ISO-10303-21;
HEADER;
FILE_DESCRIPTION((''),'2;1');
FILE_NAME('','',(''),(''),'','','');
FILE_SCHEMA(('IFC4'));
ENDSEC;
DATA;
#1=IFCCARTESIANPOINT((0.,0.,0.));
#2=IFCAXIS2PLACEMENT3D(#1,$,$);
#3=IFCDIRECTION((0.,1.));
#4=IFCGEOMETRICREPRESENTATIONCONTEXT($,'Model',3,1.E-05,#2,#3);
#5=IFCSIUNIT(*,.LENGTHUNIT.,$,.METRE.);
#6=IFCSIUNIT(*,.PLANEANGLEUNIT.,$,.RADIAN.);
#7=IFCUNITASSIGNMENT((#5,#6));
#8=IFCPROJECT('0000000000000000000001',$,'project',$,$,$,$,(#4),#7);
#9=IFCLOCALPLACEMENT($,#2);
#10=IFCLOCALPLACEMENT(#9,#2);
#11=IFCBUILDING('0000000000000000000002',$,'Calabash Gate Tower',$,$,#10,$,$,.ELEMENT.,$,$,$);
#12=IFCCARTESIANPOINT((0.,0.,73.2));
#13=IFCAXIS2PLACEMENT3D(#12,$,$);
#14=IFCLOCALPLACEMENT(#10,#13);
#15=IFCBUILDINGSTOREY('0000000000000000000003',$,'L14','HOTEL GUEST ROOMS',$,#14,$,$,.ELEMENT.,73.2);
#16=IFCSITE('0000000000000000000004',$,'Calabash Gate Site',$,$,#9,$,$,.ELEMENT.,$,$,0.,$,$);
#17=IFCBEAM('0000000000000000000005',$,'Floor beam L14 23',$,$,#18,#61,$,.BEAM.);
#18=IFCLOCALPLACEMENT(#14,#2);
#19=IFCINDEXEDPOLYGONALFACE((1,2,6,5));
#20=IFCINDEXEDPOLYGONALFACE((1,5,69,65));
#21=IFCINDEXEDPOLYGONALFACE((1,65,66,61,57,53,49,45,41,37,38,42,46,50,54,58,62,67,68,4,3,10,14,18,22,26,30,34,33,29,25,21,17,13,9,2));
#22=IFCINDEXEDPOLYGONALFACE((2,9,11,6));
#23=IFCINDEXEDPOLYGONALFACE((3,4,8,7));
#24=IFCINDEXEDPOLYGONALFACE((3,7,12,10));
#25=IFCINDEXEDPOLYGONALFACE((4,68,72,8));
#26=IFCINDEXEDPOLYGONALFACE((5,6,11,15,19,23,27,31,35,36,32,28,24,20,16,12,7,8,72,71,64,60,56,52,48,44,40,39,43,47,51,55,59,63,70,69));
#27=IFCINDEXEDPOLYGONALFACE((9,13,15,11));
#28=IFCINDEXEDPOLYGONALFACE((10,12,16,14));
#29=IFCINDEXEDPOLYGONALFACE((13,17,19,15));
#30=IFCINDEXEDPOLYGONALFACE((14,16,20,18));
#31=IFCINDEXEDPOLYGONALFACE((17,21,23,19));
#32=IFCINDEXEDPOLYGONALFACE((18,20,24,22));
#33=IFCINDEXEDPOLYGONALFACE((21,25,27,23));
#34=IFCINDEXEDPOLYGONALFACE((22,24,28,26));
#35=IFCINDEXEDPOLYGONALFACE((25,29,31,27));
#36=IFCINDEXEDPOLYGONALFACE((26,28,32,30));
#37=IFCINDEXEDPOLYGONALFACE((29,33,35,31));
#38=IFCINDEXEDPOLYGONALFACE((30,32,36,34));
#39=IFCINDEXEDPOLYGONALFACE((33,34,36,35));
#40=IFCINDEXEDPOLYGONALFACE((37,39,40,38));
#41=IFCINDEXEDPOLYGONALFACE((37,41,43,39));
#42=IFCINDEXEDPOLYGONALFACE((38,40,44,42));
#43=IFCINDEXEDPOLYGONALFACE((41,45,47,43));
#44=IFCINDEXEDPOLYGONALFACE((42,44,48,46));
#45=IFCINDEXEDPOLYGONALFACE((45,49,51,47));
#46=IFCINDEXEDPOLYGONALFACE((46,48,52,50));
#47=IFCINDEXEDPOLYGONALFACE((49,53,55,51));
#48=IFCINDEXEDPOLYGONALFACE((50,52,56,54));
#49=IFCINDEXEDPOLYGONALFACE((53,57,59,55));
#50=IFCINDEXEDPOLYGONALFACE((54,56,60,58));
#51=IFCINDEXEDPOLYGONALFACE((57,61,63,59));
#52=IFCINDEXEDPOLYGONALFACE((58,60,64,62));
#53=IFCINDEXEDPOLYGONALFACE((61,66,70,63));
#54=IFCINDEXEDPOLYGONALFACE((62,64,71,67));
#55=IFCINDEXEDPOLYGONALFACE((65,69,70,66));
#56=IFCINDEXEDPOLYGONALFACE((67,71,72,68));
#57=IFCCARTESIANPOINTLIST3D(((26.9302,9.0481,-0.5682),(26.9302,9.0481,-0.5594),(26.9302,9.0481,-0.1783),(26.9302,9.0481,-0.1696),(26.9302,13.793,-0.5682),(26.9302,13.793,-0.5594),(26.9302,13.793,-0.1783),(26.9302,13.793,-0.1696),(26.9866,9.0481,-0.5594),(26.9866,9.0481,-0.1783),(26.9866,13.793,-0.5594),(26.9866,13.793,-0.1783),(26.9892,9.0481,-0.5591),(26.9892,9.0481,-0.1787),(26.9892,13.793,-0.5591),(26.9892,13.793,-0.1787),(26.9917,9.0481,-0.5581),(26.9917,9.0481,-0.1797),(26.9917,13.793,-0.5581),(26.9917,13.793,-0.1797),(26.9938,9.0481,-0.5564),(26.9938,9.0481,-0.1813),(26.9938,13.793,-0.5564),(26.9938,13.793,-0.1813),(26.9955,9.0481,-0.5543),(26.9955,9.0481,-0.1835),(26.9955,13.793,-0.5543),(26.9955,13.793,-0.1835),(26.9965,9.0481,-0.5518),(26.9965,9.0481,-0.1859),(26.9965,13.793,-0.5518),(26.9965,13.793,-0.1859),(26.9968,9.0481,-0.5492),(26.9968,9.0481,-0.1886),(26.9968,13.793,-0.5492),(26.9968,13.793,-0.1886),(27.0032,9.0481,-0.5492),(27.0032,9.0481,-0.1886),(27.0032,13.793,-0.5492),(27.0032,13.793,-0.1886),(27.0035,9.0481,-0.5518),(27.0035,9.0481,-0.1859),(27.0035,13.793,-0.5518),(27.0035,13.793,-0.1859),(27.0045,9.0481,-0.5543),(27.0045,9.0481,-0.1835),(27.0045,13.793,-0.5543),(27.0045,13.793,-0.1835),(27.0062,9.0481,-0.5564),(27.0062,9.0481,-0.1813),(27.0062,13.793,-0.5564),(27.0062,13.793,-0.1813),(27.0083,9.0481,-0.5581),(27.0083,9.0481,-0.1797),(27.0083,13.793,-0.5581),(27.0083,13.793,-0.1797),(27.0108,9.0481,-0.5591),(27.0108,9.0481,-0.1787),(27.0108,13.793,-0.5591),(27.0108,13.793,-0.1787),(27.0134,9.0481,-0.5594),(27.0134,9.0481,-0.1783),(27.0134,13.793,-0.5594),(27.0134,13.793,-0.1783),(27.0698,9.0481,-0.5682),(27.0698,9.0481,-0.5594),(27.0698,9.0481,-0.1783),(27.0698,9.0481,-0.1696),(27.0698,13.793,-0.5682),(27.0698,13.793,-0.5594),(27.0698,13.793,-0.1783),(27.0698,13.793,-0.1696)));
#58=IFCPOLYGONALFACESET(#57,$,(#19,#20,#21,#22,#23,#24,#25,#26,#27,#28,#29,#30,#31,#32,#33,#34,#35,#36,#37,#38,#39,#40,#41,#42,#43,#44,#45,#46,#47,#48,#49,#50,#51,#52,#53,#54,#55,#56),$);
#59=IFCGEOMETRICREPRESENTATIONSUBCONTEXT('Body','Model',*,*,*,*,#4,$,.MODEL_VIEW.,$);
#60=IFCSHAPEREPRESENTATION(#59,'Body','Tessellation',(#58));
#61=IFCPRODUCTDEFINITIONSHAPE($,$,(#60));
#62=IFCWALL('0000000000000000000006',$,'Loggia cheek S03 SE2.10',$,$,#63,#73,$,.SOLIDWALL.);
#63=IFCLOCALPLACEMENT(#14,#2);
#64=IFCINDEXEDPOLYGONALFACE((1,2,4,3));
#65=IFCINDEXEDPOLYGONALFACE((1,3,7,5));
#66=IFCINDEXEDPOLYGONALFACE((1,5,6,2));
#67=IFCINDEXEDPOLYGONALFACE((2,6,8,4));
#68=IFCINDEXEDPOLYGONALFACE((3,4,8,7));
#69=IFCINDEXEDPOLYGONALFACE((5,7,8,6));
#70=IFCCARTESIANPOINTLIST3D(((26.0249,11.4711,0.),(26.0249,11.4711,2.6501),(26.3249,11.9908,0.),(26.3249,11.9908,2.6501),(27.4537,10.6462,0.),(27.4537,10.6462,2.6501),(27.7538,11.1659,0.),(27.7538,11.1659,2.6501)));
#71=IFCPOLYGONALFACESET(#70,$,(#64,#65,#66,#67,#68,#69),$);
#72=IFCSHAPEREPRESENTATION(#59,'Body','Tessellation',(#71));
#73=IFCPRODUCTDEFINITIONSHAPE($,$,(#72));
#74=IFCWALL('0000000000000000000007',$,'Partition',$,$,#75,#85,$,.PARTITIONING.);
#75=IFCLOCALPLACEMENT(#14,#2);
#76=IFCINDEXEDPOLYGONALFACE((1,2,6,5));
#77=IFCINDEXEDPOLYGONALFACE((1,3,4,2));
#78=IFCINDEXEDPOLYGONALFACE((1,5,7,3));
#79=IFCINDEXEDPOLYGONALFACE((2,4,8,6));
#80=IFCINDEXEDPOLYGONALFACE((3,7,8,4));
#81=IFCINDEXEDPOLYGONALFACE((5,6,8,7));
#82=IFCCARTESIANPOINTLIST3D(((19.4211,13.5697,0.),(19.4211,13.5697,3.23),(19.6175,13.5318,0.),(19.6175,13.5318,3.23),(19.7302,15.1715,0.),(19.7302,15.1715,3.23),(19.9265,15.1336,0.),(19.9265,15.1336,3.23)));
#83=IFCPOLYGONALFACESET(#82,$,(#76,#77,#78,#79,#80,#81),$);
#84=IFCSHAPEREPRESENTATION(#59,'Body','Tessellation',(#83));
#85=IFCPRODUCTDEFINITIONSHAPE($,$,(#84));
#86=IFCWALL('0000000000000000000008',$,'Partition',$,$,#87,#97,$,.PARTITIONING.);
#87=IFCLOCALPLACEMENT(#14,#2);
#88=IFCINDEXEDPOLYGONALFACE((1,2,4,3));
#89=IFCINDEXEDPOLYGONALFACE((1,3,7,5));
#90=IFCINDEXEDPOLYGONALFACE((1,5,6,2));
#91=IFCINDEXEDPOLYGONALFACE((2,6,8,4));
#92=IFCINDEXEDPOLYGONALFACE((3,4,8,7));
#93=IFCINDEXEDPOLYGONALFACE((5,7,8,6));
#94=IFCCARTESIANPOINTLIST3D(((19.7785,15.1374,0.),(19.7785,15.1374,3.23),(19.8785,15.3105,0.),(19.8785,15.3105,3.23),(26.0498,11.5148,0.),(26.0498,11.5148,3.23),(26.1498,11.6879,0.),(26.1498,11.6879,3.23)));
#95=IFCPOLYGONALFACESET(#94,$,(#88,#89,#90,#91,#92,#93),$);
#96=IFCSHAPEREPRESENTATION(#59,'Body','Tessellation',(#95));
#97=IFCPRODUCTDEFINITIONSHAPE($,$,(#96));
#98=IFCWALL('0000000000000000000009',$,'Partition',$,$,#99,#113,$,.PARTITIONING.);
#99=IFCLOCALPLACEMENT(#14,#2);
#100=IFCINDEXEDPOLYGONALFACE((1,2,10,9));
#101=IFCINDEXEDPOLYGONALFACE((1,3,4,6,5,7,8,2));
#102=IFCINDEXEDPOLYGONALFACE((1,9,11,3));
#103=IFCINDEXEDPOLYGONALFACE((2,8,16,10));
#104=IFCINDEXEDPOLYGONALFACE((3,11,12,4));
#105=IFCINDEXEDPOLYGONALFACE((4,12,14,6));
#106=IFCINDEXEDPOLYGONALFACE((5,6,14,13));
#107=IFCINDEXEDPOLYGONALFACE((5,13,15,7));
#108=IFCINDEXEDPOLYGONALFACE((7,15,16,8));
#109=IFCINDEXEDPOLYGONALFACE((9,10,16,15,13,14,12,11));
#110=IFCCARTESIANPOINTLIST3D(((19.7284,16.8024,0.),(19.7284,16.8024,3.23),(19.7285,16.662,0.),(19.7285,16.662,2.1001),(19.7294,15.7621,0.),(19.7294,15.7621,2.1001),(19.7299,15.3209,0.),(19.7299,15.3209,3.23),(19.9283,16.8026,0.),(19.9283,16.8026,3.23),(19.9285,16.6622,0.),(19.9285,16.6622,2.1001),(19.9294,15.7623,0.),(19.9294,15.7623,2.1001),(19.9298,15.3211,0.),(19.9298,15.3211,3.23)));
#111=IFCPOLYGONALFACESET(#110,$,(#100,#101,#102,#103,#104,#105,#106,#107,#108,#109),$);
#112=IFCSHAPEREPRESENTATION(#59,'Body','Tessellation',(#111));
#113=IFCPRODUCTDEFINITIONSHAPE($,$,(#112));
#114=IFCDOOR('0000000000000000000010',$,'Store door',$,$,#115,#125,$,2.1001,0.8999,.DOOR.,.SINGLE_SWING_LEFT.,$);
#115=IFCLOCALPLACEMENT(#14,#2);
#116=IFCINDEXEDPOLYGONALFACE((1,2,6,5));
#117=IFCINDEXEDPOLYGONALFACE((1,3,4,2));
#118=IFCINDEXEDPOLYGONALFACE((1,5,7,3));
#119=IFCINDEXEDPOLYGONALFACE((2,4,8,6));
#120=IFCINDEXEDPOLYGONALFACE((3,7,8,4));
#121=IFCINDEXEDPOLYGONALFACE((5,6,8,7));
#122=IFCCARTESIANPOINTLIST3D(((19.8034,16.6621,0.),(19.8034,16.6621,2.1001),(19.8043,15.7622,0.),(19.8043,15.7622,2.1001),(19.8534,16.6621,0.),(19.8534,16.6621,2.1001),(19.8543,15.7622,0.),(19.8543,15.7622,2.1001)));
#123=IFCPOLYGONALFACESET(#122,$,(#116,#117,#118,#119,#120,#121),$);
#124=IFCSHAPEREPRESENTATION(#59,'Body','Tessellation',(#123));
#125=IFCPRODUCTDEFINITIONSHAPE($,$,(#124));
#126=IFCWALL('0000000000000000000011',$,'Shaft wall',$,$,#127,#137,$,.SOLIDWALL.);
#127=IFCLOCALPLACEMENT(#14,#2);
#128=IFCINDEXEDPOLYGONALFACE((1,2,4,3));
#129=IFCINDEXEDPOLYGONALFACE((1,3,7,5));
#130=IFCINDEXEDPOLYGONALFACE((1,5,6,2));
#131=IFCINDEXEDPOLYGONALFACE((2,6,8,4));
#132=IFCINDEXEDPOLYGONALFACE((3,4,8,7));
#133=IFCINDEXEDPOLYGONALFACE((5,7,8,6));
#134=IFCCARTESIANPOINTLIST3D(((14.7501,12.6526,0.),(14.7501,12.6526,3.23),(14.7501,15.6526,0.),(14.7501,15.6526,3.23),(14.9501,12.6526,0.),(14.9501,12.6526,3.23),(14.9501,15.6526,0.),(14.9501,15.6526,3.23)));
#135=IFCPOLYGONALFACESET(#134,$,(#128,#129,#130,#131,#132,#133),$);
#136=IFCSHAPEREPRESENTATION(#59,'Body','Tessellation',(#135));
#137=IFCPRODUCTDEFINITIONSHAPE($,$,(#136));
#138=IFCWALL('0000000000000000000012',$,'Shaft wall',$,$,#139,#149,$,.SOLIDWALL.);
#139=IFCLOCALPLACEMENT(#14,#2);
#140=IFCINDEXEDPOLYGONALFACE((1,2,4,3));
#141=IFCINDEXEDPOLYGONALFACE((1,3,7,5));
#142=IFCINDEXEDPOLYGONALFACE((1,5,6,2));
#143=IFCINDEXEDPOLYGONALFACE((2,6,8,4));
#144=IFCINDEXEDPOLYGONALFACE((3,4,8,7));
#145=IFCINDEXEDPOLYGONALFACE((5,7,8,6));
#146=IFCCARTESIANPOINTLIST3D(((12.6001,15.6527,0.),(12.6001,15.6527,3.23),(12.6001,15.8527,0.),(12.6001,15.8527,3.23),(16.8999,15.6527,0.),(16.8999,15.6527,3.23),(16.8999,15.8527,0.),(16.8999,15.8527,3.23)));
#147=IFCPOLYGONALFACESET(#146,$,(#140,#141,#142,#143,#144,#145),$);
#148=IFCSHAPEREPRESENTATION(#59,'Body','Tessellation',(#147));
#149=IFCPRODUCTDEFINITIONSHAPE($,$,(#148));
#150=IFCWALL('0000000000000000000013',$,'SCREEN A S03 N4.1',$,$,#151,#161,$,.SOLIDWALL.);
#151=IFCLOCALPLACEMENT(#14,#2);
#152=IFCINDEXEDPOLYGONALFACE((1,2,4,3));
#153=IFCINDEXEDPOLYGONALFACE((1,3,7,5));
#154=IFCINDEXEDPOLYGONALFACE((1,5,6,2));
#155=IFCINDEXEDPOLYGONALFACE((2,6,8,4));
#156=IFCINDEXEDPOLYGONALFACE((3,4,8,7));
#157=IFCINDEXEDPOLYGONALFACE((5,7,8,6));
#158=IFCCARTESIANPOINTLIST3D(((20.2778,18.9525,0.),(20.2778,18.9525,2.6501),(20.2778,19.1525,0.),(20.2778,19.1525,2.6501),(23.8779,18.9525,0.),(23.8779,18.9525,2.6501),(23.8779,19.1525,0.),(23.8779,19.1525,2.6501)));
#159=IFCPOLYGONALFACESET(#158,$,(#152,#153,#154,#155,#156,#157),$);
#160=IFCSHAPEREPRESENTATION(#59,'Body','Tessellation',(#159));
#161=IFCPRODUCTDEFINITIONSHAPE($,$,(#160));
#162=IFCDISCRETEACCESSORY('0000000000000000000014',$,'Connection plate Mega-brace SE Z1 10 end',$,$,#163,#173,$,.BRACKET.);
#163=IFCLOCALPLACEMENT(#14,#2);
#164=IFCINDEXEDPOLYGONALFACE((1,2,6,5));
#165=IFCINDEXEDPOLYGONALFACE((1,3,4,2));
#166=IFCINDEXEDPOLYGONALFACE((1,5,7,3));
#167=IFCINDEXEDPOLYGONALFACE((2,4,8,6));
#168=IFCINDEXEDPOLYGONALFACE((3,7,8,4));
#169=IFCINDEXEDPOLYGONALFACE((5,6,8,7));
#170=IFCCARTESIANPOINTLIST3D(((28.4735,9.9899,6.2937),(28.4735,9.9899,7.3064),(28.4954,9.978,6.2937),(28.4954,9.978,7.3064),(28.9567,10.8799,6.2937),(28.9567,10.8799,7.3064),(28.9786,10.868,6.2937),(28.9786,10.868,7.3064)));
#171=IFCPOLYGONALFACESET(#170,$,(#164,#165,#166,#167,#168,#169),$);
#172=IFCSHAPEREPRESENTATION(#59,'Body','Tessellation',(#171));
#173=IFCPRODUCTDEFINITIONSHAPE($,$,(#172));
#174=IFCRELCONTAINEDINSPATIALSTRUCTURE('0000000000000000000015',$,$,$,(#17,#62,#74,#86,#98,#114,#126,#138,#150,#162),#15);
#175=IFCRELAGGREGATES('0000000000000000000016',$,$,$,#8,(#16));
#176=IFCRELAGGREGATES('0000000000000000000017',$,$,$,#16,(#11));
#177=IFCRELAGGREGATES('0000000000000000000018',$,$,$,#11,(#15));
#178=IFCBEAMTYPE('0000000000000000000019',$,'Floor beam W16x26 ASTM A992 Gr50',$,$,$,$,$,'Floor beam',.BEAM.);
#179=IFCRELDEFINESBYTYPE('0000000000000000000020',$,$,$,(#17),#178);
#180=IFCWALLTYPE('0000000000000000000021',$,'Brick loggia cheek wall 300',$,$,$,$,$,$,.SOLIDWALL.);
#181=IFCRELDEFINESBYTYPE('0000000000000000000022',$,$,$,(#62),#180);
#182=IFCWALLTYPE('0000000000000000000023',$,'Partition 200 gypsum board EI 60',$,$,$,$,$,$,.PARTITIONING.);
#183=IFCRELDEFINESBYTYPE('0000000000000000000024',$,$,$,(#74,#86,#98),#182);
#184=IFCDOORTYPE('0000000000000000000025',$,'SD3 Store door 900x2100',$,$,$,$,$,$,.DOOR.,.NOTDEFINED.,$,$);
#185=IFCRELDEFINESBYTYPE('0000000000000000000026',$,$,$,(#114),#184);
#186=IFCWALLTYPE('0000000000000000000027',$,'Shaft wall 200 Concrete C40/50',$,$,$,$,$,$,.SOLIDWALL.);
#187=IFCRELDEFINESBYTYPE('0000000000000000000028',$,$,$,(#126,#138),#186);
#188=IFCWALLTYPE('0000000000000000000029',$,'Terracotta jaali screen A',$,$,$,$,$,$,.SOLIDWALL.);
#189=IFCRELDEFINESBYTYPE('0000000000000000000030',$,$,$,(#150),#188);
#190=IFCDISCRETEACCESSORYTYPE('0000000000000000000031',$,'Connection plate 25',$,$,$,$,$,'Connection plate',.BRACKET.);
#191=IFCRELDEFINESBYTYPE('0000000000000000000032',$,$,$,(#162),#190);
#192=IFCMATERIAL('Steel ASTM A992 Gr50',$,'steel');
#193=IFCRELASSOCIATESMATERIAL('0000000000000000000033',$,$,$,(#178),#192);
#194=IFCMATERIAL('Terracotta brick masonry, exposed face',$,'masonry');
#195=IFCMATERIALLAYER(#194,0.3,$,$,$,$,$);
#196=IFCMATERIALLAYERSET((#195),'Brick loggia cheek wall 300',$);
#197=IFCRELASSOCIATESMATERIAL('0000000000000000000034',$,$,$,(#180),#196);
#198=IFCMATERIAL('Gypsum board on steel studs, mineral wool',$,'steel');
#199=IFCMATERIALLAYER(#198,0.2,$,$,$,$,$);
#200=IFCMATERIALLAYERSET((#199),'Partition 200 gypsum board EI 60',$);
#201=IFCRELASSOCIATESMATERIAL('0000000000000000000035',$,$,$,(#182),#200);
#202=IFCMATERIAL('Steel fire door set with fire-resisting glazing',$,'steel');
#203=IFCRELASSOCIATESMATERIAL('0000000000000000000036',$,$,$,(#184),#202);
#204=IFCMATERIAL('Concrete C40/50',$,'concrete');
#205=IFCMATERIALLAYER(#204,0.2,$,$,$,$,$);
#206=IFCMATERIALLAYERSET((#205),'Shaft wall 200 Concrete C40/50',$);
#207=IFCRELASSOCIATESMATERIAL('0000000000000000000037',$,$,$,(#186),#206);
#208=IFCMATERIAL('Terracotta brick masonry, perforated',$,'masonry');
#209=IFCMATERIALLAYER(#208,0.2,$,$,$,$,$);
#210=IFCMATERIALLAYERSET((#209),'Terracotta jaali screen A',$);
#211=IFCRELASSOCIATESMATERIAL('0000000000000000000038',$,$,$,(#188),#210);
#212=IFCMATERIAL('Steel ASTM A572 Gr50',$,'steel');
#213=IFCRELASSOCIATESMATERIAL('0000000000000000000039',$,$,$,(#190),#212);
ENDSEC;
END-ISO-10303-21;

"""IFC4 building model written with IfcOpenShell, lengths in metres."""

from ifc_helpers import new_model, si_unit, direction, frame, frame_2d, origin, origin_2d, place, context, subcontext, project, spatial, rectangle, i_section, extrude, material, layer, layer_set, material_profile, profile_set, type_object, element, fill, save


model = new_model("IFC4")

# Units and contexts
model_context = context("Model", 3, precision=1e-05, world=origin(), true_north=direction((0.0, 1.0)))
body_context = subcontext(model_context, "Body", "Model", "MODEL_VIEW")
ifc_project = project(units=[si_unit("LENGTHUNIT", "METRE"), si_unit("PLANEANGLEUNIT", "RADIAN")], contexts=[model_context])

# Site, building, storey
site_placement = place(None, origin())
site = spatial("IfcSite", under=ifc_project, at=site_placement, Name="Calabash Gate Site", CompositionType="ELEMENT", RefElevation=0.0)
building_placement = place(site_placement, origin())
building = spatial("IfcBuilding", under=site, at=building_placement, Name="Calabash Gate Tower", CompositionType="ELEMENT")
storey_placement = place(building_placement, frame((0.0, 0.0, 73.2)))
storey = spatial("IfcBuildingStorey", under=building, at=storey_placement, Name="L14", Description="HOTEL GUEST ROOMS", CompositionType="ELEMENT", Elevation=73.2)

# Beam
ifc_material_1 = material(Name="Steel ASTM A992 Gr50", Category="steel")
ifc_material_profile_1 = material_profile(ifc_material_1, i_section(OverallWidth=0.1396, OverallDepth=0.3987, WebThickness=0.0063, FlangeThickness=0.0088, FilletRadius=0.0103, at=origin_2d()))
ifc_profile_set_1 = profile_set([ifc_material_profile_1], Name="Steel ASTM A992 Gr50")
beam_type_1 = type_object("IfcBeamType", Name="Floor beam W16x26 ASTM A992 Gr50", ElementType="Floor beam", PredefinedType="BEAM", material=ifc_profile_set_1)
beam_1_placement = place(storey_placement, frame((27.0, 9.0481, -0.3689), z_axis=(0.0, 1.0, 0.0), x_axis=(-1.0, 0.0, 0.0)))
element("IfcBeam", 1, at=beam_1_placement, inside=storey, type_object=beam_type_1, Name="Floor beam L14 23", PredefinedType="BEAM", context=body_context, shape_type="SweptSolid", body=[
    extrude(i_section(OverallWidth=0.1396, OverallDepth=0.3987, WebThickness=0.0063, FlangeThickness=0.0088, FilletRadius=0.0103, at=origin_2d()), origin(), (0.0, 0.0, 1.0), 4.7449),
])

# Walls
ifc_material_2 = material(Name="Terracotta brick masonry, exposed face", Category="masonry")
ifc_layer_1 = layer(ifc_material_2, 0.3)
ifc_layer_set_1 = layer_set([ifc_layer_1], Name="Brick loggia cheek wall 300")
wall_type_1 = type_object("IfcWallType", Name="Brick loggia cheek wall 300", PredefinedType="SOLIDWALL", material=ifc_layer_set_1)
wall_1_placement = place(storey_placement, frame((27.6038, 10.906, 0.0), z_axis=(0.0, 0.0, 1.0), x_axis=(-0.86604, 0.499974, 0.0)))
element("IfcWall", 2, at=wall_1_placement, inside=storey, type_object=wall_type_1, Name="Loggia cheek S03 SE2.10", PredefinedType="SOLIDWALL", context=body_context, shape_type="SweptSolid", body=[
    extrude(rectangle(XDim=1.6499, YDim=0.6001, at=frame_2d((0.825, 0.0))), origin(), (0.0, 0.0, 1.0), 2.6501),
])
ifc_material_3 = material(Name="Gypsum board on steel studs, mineral wool", Category="steel")
ifc_layer_2 = layer(ifc_material_3, 0.2)
ifc_layer_set_2 = layer_set([ifc_layer_2], Name="Partition 200 gypsum board EI 60")
wall_type_2 = type_object("IfcWallType", Name="Partition 200 gypsum board EI 60", PredefinedType="PARTITIONING", material=ifc_layer_set_2)
wall_2_placement = place(storey_placement, frame((19.5193, 13.5508, 0.0), z_axis=(0.0, 0.0, 1.0), x_axis=(0.189463, 0.981888, 0.0)))
element("IfcWall", 3, at=wall_2_placement, inside=storey, type_object=wall_type_2, Name="Partition", PredefinedType="PARTITIONING", context=body_context, shape_type="SweptSolid", body=[
    extrude(rectangle(XDim=1.6313, YDim=0.2, at=frame_2d((0.8157, 0.0))), origin(), (0.0, 0.0, 1.0), 3.23),
])
wall_3_placement = place(storey_placement, frame((19.8286, 15.2239, 0.0), z_axis=(0.0, 0.0, 1.0), x_axis=(0.865914, -0.500192, 0.0)))
element("IfcWall", 4, at=wall_3_placement, inside=storey, type_object=wall_type_2, Name="Partition", PredefinedType="PARTITIONING", context=body_context, shape_type="SweptSolid", body=[
    extrude(rectangle(XDim=7.2424, YDim=0.2, at=frame_2d((3.6211, 0.0))), origin(), (0.0, 0.0, 1.0), 3.23),
])

# Wall, opening, door
wall_4_placement = place(storey_placement, frame((19.8284, 16.8025, 0.0), z_axis=(0.0, 0.0, 1.0), x_axis=(0.000989, -1.0, 0.0)))
wall_4 = element("IfcWall", 5, at=wall_4_placement, inside=storey, type_object=wall_type_2, Name="Partition", PredefinedType="PARTITIONING", context=body_context, shape_type="SweptSolid", body=[
    extrude(rectangle(XDim=1.4814, YDim=0.2, at=frame_2d((0.7407, 0.0))), origin(), (0.0, 0.0, 1.0), 3.23),
])
opening_1_placement = place(wall_4_placement, frame((0.1404, 0.0, 0.0)))
opening_1 = element("IfcOpeningElement", 6, at=opening_1_placement, cuts=wall_4, PredefinedType="OPENING", context=body_context, shape_type="SweptSolid", body=[
    extrude(rectangle(XDim=0.8999, YDim=2.1001, at=frame_2d((0.45, 1.05))), frame((0.0, 0.1099, 0.0), z_axis=(0.0, -1.0, 0.0), x_axis=(1.0, 0.0, 0.0)), (0.0, 0.0, 1.0), 0.22),
])
ifc_material_4 = material(Name="Steel fire door set with fire-resisting glazing", Category="steel")
door_type_1 = type_object("IfcDoorType", Name="SD3 Store door 900x2100", OperationType="NOTDEFINED", PredefinedType="DOOR", material=ifc_material_4)
door_1_placement = place(opening_1_placement, origin())
door_1 = element("IfcDoor", 7, at=door_1_placement, inside=storey, type_object=door_type_1, Name="Store door", OperationType="SINGLE_SWING_LEFT", OverallHeight=2.1001, OverallWidth=0.8999, PredefinedType="DOOR", context=body_context, shape_type="SweptSolid", body=[
    extrude(rectangle(XDim=0.8999, YDim=2.1001, at=frame_2d((0.45, 1.05))), frame((0.0, 0.0249, 0.0), z_axis=(0.0, -1.0, 0.0), x_axis=(1.0, 0.0, 0.0)), (0.0, 0.0, 1.0), 0.05),
])
fill(opening_1, door_1)

# Walls
ifc_material_5 = material(Name="Concrete C40/50", Category="concrete")
ifc_layer_3 = layer(ifc_material_5, 0.2)
ifc_layer_set_3 = layer_set([ifc_layer_3], Name="Shaft wall 200 Concrete C40/50")
wall_type_3 = type_object("IfcWallType", Name="Shaft wall 200 Concrete C40/50", PredefinedType="SOLIDWALL", material=ifc_layer_set_3)
wall_5_placement = place(storey_placement, frame((14.8501, 12.6526, 0.0), z_axis=(0.0, 0.0, 1.0), x_axis=(0.0, 1.0, 0.0)))
element("IfcWall", 8, at=wall_5_placement, inside=storey, type_object=wall_type_3, Name="Shaft wall", PredefinedType="SOLIDWALL", context=body_context, shape_type="SweptSolid", body=[
    extrude(rectangle(XDim=3.0, YDim=0.2, at=frame_2d((1.5, 0.0))), origin(), (0.0, 0.0, 1.0), 3.23),
])
wall_6_placement = place(storey_placement, frame((12.6001, 15.7527, 0.0), z_axis=(0.0, 0.0, 1.0), x_axis=(1.0, 0.0, 0.0)))
element("IfcWall", 9, at=wall_6_placement, inside=storey, type_object=wall_type_3, Name="Shaft wall", PredefinedType="SOLIDWALL", context=body_context, shape_type="SweptSolid", body=[
    extrude(rectangle(XDim=4.2998, YDim=0.2, at=frame_2d((2.1499, 0.0))), origin(), (0.0, 0.0, 1.0), 3.23),
])
ifc_material_6 = material(Name="Terracotta brick masonry, perforated", Category="masonry")
ifc_layer_4 = layer(ifc_material_6, 0.2)
ifc_layer_set_4 = layer_set([ifc_layer_4], Name="Terracotta jaali screen A")
wall_type_4 = type_object("IfcWallType", Name="Terracotta jaali screen A", PredefinedType="SOLIDWALL", material=ifc_layer_set_4)
wall_7_placement = place(storey_placement, frame((23.8779, 19.0525, 0.0), z_axis=(0.0, 0.0, 1.0), x_axis=(-1.0, 0.0, 0.0)))
element("IfcWall", 10, at=wall_7_placement, inside=storey, type_object=wall_type_4, Name="SCREEN A S03 N4.1", PredefinedType="SOLIDWALL", context=body_context, shape_type="SweptSolid", body=[
    extrude(rectangle(XDim=3.6001, YDim=0.2, at=frame_2d((1.8, 0.0))), origin(), (0.0, 0.0, 1.0), 2.6501),
])

# Discrete accessory
ifc_material_7 = material(Name="Steel ASTM A572 Gr50", Category="steel")
discrete_accessory_type = type_object("IfcDiscreteAccessoryType", Name="Connection plate 25", ElementType="Connection plate", PredefinedType="BRACKET", material=ifc_material_7)
discrete_accessory_placement = place(storey_placement, frame((28.7261, 10.429, 6.2937), z_axis=(0.0, 0.0, 1.0), x_axis=(0.477146, 0.878824, 0.0)))
element("IfcDiscreteAccessory", 11, at=discrete_accessory_placement, inside=storey, type_object=discrete_accessory_type, Name="Connection plate Mega-brace SE Z1 10 end", PredefinedType="BRACKET", context=body_context, shape_type="SweptSolid", body=[
    extrude(rectangle(XDim=1.0127, YDim=0.0249, at=origin_2d()), origin(), (0.0, 0.0, 1.0), 1.0127),
])

save(model, "model.ifc")
